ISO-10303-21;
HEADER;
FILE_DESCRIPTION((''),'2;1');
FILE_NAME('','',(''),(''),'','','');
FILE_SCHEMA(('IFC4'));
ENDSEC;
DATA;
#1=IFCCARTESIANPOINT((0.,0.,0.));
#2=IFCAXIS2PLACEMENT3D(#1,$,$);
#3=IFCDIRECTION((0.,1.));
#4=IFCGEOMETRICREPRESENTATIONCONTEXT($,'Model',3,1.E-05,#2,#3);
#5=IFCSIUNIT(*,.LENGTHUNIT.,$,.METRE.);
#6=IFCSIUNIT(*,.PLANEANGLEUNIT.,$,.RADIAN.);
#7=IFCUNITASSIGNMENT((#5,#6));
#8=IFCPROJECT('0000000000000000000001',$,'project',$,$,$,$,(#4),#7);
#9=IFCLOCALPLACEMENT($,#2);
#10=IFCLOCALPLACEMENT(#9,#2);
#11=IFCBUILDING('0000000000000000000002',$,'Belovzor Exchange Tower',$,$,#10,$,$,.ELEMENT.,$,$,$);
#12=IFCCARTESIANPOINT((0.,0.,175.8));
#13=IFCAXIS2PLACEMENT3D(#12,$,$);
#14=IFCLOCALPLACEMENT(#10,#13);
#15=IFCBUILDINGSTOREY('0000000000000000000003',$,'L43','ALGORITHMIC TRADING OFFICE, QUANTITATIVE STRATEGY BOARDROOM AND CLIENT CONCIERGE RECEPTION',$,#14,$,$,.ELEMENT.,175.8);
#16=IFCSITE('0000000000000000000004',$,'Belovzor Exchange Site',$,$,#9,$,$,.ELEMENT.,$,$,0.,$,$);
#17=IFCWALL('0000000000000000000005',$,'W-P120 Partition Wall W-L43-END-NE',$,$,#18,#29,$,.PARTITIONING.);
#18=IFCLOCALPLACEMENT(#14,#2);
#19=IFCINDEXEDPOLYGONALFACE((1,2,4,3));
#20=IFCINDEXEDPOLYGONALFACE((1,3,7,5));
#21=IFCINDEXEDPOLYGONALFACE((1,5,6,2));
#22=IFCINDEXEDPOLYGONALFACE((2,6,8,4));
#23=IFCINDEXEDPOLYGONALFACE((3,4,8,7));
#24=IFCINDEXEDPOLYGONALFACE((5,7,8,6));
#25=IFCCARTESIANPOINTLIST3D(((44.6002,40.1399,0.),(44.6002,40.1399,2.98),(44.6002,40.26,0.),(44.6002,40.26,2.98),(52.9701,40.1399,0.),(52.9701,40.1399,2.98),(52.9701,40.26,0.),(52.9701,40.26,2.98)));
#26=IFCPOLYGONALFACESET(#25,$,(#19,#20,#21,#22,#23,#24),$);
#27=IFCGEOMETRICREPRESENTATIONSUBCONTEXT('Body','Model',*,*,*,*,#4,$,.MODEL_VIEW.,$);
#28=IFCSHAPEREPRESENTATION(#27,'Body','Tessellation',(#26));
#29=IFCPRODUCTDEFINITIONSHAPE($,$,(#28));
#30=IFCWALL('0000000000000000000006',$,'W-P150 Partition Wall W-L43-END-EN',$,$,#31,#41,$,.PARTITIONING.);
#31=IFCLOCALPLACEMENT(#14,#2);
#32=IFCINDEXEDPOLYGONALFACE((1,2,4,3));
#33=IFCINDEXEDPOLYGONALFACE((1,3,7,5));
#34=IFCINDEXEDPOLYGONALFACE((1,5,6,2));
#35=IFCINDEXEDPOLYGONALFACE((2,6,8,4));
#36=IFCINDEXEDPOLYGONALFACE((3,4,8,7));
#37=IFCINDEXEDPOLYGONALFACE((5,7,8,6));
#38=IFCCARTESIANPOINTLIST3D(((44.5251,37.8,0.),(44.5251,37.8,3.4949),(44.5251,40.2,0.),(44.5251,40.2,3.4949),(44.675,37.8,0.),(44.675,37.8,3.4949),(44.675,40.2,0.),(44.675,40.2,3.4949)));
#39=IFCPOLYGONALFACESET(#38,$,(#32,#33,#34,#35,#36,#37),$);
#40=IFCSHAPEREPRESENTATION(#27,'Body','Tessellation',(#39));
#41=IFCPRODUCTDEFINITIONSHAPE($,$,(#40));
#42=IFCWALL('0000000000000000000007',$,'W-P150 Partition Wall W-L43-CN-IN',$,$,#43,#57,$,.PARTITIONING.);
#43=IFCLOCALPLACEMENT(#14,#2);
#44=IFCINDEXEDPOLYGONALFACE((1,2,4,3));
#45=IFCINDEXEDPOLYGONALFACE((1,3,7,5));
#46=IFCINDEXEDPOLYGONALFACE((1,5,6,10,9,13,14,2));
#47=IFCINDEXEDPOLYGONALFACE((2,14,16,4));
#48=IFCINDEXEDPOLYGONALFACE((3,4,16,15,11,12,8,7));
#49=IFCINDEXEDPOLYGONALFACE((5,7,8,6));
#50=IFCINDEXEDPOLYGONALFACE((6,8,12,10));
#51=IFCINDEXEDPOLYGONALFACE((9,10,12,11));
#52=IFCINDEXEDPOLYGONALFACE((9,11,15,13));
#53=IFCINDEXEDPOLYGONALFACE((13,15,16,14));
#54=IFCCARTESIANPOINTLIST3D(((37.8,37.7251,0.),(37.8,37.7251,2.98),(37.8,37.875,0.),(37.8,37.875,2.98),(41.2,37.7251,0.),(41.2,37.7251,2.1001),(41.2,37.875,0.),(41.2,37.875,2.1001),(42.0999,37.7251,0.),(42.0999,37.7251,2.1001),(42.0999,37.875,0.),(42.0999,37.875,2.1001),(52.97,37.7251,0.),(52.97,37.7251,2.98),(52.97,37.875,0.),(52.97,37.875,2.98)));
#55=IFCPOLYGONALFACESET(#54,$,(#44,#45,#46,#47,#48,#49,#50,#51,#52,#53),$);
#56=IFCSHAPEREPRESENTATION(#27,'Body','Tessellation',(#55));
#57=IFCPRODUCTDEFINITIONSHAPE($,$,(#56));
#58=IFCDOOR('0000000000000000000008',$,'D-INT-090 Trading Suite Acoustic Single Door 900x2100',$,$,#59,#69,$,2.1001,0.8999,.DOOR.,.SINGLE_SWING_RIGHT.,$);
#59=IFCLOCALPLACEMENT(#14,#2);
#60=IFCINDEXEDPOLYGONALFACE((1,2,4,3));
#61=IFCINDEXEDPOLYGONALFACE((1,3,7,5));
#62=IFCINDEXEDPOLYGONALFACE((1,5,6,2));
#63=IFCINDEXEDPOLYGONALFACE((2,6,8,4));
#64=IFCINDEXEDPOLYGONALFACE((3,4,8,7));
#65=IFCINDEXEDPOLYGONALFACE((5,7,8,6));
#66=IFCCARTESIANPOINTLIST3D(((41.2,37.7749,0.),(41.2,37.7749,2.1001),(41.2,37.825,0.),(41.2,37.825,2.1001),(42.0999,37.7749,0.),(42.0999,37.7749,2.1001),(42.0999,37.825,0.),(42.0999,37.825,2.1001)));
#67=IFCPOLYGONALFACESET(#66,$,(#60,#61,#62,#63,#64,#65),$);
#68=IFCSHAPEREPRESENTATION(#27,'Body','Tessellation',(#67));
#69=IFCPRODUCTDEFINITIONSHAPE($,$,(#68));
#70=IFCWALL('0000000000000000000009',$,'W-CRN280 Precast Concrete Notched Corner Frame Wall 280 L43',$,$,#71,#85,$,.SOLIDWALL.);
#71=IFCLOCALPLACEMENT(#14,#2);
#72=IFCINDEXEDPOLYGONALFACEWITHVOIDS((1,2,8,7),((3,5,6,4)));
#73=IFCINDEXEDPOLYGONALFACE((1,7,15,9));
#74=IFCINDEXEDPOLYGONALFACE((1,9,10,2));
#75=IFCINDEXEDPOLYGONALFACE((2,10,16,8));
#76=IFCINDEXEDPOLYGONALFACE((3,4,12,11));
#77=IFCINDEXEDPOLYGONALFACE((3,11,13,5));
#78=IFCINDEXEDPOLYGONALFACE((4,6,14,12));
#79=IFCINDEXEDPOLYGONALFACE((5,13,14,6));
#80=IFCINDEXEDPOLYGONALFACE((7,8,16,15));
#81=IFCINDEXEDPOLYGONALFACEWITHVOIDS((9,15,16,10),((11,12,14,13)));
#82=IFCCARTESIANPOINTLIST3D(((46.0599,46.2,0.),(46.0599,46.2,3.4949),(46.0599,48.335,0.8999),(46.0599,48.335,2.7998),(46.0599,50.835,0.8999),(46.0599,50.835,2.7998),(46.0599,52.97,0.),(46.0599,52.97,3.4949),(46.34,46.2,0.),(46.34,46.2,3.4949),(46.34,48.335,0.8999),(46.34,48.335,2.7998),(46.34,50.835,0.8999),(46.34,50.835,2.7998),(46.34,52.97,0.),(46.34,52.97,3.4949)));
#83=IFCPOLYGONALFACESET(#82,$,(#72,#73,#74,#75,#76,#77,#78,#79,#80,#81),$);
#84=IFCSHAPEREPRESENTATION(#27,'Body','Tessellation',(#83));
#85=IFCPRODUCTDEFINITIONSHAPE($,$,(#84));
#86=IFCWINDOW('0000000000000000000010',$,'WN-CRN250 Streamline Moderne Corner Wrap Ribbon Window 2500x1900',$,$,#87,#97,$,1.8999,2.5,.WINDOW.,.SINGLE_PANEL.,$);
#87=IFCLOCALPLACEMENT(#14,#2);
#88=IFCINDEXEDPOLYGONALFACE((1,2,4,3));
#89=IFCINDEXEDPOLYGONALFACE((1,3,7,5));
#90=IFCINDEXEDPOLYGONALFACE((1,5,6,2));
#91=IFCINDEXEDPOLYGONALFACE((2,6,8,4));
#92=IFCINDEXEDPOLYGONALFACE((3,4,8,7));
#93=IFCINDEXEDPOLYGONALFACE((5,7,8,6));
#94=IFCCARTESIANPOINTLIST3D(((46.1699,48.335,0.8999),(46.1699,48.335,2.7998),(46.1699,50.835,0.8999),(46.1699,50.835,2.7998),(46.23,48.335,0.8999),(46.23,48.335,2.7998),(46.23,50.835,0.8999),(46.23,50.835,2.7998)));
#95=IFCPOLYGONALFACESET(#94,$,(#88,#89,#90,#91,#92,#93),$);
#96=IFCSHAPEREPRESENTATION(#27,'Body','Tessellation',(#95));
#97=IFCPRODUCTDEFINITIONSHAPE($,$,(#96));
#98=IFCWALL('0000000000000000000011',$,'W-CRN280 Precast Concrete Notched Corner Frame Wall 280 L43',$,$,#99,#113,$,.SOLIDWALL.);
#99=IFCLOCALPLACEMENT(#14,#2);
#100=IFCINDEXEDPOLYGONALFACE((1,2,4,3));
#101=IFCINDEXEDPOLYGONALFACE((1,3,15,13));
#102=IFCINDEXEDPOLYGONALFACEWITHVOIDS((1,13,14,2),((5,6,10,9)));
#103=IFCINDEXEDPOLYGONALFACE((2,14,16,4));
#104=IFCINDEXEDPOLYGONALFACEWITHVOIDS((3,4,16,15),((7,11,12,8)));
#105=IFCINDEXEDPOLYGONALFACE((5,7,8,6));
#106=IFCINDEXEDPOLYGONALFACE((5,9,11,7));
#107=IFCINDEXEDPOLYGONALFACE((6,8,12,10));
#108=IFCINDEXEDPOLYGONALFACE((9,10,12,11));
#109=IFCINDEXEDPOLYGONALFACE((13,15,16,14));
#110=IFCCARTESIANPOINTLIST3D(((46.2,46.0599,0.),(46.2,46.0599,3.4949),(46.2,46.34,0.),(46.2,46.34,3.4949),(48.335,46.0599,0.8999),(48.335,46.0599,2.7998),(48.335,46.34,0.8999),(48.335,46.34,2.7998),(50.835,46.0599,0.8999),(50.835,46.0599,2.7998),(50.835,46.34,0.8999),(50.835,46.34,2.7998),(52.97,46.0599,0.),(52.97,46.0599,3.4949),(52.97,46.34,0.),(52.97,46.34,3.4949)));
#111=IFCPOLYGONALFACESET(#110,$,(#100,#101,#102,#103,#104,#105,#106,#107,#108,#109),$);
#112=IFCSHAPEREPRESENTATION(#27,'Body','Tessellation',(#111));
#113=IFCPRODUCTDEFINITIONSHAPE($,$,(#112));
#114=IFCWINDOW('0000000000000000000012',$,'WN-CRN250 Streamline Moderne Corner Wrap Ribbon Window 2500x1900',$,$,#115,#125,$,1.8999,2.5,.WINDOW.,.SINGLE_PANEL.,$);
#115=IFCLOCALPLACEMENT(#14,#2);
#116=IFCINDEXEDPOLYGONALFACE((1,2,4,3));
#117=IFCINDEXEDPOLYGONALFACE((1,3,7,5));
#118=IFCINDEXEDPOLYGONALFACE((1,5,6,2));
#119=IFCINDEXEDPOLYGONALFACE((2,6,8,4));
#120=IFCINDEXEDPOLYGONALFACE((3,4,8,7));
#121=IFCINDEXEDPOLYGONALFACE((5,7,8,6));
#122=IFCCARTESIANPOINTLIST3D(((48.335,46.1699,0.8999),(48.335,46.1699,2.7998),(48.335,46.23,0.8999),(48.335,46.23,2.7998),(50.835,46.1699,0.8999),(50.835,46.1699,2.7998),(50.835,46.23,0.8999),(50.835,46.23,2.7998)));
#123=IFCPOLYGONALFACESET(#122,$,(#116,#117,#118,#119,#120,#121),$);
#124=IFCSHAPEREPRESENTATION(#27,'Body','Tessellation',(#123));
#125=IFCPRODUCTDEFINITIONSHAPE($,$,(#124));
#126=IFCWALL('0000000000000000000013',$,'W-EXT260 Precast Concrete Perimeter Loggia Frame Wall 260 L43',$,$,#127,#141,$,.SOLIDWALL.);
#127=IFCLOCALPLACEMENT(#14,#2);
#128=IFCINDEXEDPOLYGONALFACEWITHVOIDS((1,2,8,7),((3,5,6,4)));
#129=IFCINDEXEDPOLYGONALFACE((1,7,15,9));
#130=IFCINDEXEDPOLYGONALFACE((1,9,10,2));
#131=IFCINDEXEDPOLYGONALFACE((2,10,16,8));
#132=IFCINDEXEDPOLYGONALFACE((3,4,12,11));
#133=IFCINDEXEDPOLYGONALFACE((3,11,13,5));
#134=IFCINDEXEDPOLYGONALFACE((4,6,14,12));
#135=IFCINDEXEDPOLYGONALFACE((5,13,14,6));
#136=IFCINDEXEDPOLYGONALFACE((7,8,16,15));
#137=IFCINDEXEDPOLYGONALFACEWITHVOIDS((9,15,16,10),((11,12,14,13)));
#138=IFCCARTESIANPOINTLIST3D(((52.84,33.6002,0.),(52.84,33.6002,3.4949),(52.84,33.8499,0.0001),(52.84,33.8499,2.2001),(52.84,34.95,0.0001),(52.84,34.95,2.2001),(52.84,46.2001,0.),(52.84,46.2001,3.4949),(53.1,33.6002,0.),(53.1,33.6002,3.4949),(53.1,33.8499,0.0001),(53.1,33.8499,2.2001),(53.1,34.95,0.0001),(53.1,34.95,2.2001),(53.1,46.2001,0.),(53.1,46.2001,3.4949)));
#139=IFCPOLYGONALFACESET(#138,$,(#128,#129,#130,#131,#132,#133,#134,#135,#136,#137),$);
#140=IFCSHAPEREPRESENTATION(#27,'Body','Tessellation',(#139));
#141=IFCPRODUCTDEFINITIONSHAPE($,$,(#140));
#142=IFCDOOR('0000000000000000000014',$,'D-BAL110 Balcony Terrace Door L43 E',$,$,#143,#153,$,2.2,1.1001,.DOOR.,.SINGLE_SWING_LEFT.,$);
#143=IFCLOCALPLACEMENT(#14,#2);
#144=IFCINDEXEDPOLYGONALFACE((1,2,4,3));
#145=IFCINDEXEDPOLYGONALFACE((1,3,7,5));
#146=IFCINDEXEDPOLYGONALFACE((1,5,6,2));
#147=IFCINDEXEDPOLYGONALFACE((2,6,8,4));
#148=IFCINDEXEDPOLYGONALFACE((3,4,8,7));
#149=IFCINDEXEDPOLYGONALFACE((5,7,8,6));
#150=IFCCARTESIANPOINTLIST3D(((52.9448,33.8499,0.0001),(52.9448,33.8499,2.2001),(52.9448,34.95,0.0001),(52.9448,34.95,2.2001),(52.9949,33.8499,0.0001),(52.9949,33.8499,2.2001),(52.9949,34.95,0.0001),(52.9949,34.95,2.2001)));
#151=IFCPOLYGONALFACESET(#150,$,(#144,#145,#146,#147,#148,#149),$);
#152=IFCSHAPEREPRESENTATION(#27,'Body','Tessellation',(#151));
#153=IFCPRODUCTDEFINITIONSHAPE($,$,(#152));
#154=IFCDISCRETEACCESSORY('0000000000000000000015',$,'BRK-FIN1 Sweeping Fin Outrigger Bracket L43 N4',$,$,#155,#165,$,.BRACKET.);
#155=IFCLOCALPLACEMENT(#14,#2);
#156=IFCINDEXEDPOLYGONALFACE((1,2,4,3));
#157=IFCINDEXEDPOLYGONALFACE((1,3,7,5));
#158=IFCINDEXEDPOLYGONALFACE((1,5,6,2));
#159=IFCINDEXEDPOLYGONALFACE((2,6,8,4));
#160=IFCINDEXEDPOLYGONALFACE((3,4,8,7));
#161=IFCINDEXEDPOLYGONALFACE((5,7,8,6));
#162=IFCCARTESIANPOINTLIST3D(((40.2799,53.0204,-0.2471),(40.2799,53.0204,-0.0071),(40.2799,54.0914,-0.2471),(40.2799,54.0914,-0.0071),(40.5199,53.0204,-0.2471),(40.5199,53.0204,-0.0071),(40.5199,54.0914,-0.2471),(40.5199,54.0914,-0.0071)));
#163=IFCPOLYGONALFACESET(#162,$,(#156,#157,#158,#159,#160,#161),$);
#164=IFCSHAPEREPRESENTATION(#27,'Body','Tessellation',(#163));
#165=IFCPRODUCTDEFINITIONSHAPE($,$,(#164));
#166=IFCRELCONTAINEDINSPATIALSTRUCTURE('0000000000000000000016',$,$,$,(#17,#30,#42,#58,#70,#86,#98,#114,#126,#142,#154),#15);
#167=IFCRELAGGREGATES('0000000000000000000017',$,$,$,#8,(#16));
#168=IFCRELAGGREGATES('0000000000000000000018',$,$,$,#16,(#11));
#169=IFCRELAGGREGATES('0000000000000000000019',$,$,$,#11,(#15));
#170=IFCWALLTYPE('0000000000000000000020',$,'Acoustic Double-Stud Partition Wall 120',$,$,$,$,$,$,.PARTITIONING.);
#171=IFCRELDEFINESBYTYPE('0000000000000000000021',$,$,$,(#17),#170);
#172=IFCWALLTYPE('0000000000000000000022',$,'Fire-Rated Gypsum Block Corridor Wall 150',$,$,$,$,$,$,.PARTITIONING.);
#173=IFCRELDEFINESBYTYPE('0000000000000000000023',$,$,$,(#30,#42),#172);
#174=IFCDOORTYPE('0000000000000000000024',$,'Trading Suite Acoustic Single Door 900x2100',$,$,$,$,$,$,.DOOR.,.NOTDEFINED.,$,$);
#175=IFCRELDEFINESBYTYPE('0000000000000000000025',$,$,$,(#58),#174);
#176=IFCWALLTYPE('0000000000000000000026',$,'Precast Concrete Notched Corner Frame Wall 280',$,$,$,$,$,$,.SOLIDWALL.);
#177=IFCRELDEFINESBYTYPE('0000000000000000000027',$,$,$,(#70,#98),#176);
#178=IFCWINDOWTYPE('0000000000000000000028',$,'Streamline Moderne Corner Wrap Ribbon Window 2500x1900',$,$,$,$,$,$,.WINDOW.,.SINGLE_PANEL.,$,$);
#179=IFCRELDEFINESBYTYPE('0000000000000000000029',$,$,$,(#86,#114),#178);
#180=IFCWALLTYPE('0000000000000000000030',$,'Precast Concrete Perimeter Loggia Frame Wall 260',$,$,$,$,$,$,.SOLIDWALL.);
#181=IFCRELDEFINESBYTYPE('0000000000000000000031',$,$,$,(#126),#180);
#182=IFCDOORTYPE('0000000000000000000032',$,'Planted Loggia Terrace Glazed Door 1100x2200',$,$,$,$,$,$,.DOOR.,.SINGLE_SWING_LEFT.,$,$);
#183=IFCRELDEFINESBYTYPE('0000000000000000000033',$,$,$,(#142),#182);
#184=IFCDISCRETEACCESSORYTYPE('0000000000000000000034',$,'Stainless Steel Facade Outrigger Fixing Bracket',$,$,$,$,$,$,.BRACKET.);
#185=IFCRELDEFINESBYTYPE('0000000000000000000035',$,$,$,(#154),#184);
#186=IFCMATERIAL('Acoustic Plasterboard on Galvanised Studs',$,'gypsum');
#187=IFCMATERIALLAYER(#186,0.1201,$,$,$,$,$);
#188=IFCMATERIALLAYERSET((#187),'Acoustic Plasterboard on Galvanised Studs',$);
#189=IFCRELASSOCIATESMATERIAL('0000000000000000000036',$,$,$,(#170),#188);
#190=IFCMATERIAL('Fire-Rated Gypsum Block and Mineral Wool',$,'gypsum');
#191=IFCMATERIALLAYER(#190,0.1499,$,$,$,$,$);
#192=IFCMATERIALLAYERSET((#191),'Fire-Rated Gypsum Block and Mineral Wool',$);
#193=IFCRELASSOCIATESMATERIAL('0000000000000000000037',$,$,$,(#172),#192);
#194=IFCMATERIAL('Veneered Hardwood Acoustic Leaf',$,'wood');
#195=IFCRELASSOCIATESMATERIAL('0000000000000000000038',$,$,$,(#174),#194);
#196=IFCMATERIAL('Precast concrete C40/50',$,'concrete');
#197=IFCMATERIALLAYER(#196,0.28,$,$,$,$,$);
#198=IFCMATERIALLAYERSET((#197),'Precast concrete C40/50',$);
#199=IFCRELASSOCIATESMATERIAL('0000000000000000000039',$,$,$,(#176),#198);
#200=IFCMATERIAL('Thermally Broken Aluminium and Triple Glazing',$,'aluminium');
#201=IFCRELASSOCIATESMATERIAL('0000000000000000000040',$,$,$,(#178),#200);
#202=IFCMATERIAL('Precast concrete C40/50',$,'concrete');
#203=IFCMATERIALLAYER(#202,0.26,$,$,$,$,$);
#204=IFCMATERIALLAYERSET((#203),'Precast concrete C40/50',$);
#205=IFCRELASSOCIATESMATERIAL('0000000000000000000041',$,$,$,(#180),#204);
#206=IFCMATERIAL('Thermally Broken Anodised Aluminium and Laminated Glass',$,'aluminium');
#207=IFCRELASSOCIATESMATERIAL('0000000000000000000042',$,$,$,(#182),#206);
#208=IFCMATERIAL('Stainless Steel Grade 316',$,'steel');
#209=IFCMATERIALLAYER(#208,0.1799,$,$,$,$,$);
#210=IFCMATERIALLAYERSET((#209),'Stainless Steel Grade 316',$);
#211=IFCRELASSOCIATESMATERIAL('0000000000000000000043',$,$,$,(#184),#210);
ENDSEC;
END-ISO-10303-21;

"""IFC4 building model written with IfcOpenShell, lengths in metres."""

from ifc_helpers import new_model, si_unit, direction, frame, frame_2d, origin, origin_2d, place, context, subcontext, project, spatial, rectangle, extrude, material, layer, layer_set, type_object, element, fill, save


model = new_model("IFC4")

# Units and contexts
model_context = context("Model", 3, precision=1e-05, world=origin(), true_north=direction((0.0, 1.0)))
body_context = subcontext(model_context, "Body", "Model", "MODEL_VIEW")
ifc_project = project(units=[si_unit("LENGTHUNIT", "METRE"), si_unit("PLANEANGLEUNIT", "RADIAN")], contexts=[model_context])

# Site, building, storey
site_placement = place(None, origin())
site = spatial("IfcSite", under=ifc_project, at=site_placement, Name="Belovzor Exchange Site", CompositionType="ELEMENT", RefElevation=0.0)
building_placement = place(site_placement, origin())
building = spatial("IfcBuilding", under=site, at=building_placement, Name="Belovzor Exchange Tower", CompositionType="ELEMENT")
storey_placement = place(building_placement, frame((0.0, 0.0, 175.8)))
storey = spatial("IfcBuildingStorey", under=building, at=storey_placement, Name="L43", Description="ALGORITHMIC TRADING OFFICE, QUANTITATIVE STRATEGY BOARDROOM AND CLIENT CONCIERGE RECEPTION", CompositionType="ELEMENT", Elevation=175.8)

# Walls
ifc_material_1 = material(Name="Acoustic Plasterboard on Galvanised Studs", Category="gypsum")
ifc_layer_1 = layer(ifc_material_1, 0.1201)
ifc_layer_set_1 = layer_set([ifc_layer_1], Name="Acoustic Plasterboard on Galvanised Studs")
wall_type_1 = type_object("IfcWallType", Name="Acoustic Double-Stud Partition Wall 120", PredefinedType="PARTITIONING", material=ifc_layer_set_1)
wall_1_placement = place(storey_placement, frame((44.6001, 40.2, 0.0), z_axis=(0.0, 0.0, 1.0), x_axis=(1.0, 0.0, 0.0)))
element("IfcWall", 1, at=wall_1_placement, inside=storey, type_object=wall_type_1, Name="W-P120 Partition Wall W-L43-END-NE", PredefinedType="PARTITIONING", context=body_context, shape_type="SweptSolid", body=[
    extrude(rectangle(XDim=8.3699, YDim=0.1201, at=frame_2d((4.1851, 0.0))), origin(), (0.0, 0.0, 1.0), 2.98),
])
ifc_material_2 = material(Name="Fire-Rated Gypsum Block and Mineral Wool", Category="gypsum")
ifc_layer_2 = layer(ifc_material_2, 0.1499)
ifc_layer_set_2 = layer_set([ifc_layer_2], Name="Fire-Rated Gypsum Block and Mineral Wool")
wall_type_2 = type_object("IfcWallType", Name="Fire-Rated Gypsum Block Corridor Wall 150", PredefinedType="PARTITIONING", material=ifc_layer_set_2)
wall_2_placement = place(storey_placement, frame((44.6001, 37.8, 0.0), z_axis=(0.0, 0.0, 1.0), x_axis=(0.0, 1.0, 0.0)))
element("IfcWall", 2, at=wall_2_placement, inside=storey, type_object=wall_type_2, Name="W-P150 Partition Wall W-L43-END-EN", PredefinedType="PARTITIONING", context=body_context, shape_type="SweptSolid", body=[
    extrude(rectangle(XDim=2.3999, YDim=0.1499, at=frame_2d((1.2, 0.0))), origin(), (0.0, 0.0, 1.0), 3.4949),
])

# Wall, opening, door
wall_3_placement = place(storey_placement, frame((37.8, 37.8, 0.0), z_axis=(0.0, 0.0, 1.0), x_axis=(1.0, 0.0, 0.0)))
wall_3 = element("IfcWall", 3, at=wall_3_placement, inside=storey, type_object=wall_type_2, Name="W-P150 Partition Wall W-L43-CN-IN", PredefinedType="PARTITIONING", context=body_context, shape_type="SweptSolid", body=[
    extrude(rectangle(XDim=15.1699, YDim=0.1499, at=frame_2d((7.585, 0.0))), origin(), (0.0, 0.0, 1.0), 2.98),
])
opening_1_placement = place(wall_3_placement, frame((3.3999, 0.0, 0.0)))
opening_1 = element("IfcOpeningElement", 4, at=opening_1_placement, cuts=wall_3, PredefinedType="OPENING", context=body_context, shape_type="SweptSolid", body=[
    extrude(rectangle(XDim=0.8999, YDim=2.1001, at=frame_2d((0.45, 1.05))), frame((0.0, 0.085, 0.0), z_axis=(0.0, -1.0, 0.0), x_axis=(1.0, 0.0, 0.0)), (0.0, 0.0, 1.0), 0.1699),
])
ifc_material_3 = material(Name="Veneered Hardwood Acoustic Leaf", Category="wood")
door_type_1 = type_object("IfcDoorType", Name="Trading Suite Acoustic Single Door 900x2100", OperationType="NOTDEFINED", PredefinedType="DOOR", material=ifc_material_3)
door_1_placement = place(opening_1_placement, origin())
door_1 = element("IfcDoor", 5, at=door_1_placement, inside=storey, type_object=door_type_1, Name="D-INT-090 Trading Suite Acoustic Single Door 900x2100", OperationType="SINGLE_SWING_RIGHT", OverallHeight=2.1001, OverallWidth=0.8999, PredefinedType="DOOR", context=body_context, shape_type="SweptSolid", body=[
    extrude(rectangle(XDim=0.8999, YDim=2.1001, at=frame_2d((0.45, 1.05))), frame((0.0, 0.0249, 0.0), z_axis=(0.0, -1.0, 0.0), x_axis=(1.0, 0.0, 0.0)), (0.0, 0.0, 1.0), 0.05),
])
fill(opening_1, door_1)

# Walls, openings, windows
ifc_material_4 = material(Name="Precast concrete C40/50", Category="concrete")
ifc_layer_3 = layer(ifc_material_4, 0.28)
ifc_layer_set_3 = layer_set([ifc_layer_3], Name="Precast concrete C40/50")
wall_type_3 = type_object("IfcWallType", Name="Precast Concrete Notched Corner Frame Wall 280", PredefinedType="SOLIDWALL", material=ifc_layer_set_3)
wall_4_placement = place(storey_placement, frame((46.2, 52.97, 0.0), z_axis=(0.0, 0.0, 1.0), x_axis=(0.0, -1.0, 0.0)))
wall_4 = element("IfcWall", 6, at=wall_4_placement, inside=storey, type_object=wall_type_3, Name="W-CRN280 Precast Concrete Notched Corner Frame Wall 280 L43", PredefinedType="SOLIDWALL", context=body_context, shape_type="SweptSolid", body=[
    extrude(rectangle(XDim=6.77, YDim=0.28, at=frame_2d((3.385, 0.0))), origin(), (0.0, 0.0, 1.0), 3.4949),
])
opening_2_placement = place(wall_4_placement, frame((2.135, 0.0, 0.8999)))
opening_2 = element("IfcOpeningElement", 7, at=opening_2_placement, cuts=wall_4, PredefinedType="OPENING", context=body_context, shape_type="SweptSolid", body=[
    extrude(rectangle(XDim=2.5, YDim=1.8999, at=frame_2d((1.25, 0.95))), frame((0.0, 0.1499, 0.0), z_axis=(0.0, -1.0, 0.0), x_axis=(1.0, 0.0, 0.0)), (0.0, 0.0, 1.0), 0.3),
])
ifc_material_5 = material(Name="Thermally Broken Aluminium and Triple Glazing", Category="aluminium")
window_type = type_object("IfcWindowType", Name="Streamline Moderne Corner Wrap Ribbon Window 2500x1900", PartitioningType="SINGLE_PANEL", PredefinedType="WINDOW", material=ifc_material_5)
window_1_placement = place(opening_2_placement, origin())
window_1 = element("IfcWindow", 8, at=window_1_placement, inside=storey, type_object=window_type, Name="WN-CRN250 Streamline Moderne Corner Wrap Ribbon Window 2500x1900", OverallHeight=1.8999, OverallWidth=2.5, PartitioningType="SINGLE_PANEL", PredefinedType="WINDOW", context=body_context, shape_type="SweptSolid", body=[
    extrude(rectangle(XDim=2.5, YDim=1.8999, at=frame_2d((1.25, 0.95))), frame((0.0, 0.03, 0.0), z_axis=(0.0, -1.0, 0.0), x_axis=(1.0, 0.0, 0.0)), (0.0, 0.0, 1.0), 0.0601),
])
fill(opening_2, window_1)
wall_5_placement = place(storey_placement, frame((46.2, 46.2, 0.0), z_axis=(0.0, 0.0, 1.0), x_axis=(1.0, 0.0, 0.0)))
wall_5 = element("IfcWall", 9, at=wall_5_placement, inside=storey, type_object=wall_type_3, Name="W-CRN280 Precast Concrete Notched Corner Frame Wall 280 L43", PredefinedType="SOLIDWALL", context=body_context, shape_type="SweptSolid", body=[
    extrude(rectangle(XDim=6.77, YDim=0.28, at=frame_2d((3.385, 0.0))), origin(), (0.0, 0.0, 1.0), 3.4949),
])
opening_3_placement = place(wall_5_placement, frame((2.135, 0.0, 0.8999)))
opening_3 = element("IfcOpeningElement", 10, at=opening_3_placement, cuts=wall_5, PredefinedType="OPENING", context=body_context, shape_type="SweptSolid", body=[
    extrude(rectangle(XDim=2.5, YDim=1.8999, at=frame_2d((1.25, 0.95))), frame((0.0, 0.1499, 0.0), z_axis=(0.0, -1.0, 0.0), x_axis=(1.0, 0.0, 0.0)), (0.0, 0.0, 1.0), 0.3),
])
window_2_placement = place(opening_3_placement, origin())
window_2 = element("IfcWindow", 11, at=window_2_placement, inside=storey, type_object=window_type, Name="WN-CRN250 Streamline Moderne Corner Wrap Ribbon Window 2500x1900", OverallHeight=1.8999, OverallWidth=2.5, PartitioningType="SINGLE_PANEL", PredefinedType="WINDOW", context=body_context, shape_type="SweptSolid", body=[
    extrude(rectangle(XDim=2.5, YDim=1.8999, at=frame_2d((1.25, 0.95))), frame((0.0, 0.03, 0.0), z_axis=(0.0, -1.0, 0.0), x_axis=(1.0, 0.0, 0.0)), (0.0, 0.0, 1.0), 0.0601),
])
fill(opening_3, window_2)

# Wall, opening, door
ifc_material_6 = material(Name="Precast concrete C40/50", Category="concrete")
ifc_layer_4 = layer(ifc_material_6, 0.26)
ifc_layer_set_4 = layer_set([ifc_layer_4], Name="Precast concrete C40/50")
wall_type_4 = type_object("IfcWallType", Name="Precast Concrete Perimeter Loggia Frame Wall 260", PredefinedType="SOLIDWALL", material=ifc_layer_set_4)
wall_6_placement = place(storey_placement, frame((52.97, 46.2, 0.0), z_axis=(0.0, 0.0, 1.0), x_axis=(0.0, -1.0, 0.0)))
wall_6 = element("IfcWall", 12, at=wall_6_placement, inside=storey, type_object=wall_type_4, Name="W-EXT260 Precast Concrete Perimeter Loggia Frame Wall 260 L43", PredefinedType="SOLIDWALL", context=body_context, shape_type="SweptSolid", body=[
    extrude(rectangle(XDim=12.5999, YDim=0.26, at=frame_2d((6.2998, 0.0))), origin(), (0.0, 0.0, 1.0), 3.4949),
])
opening_4_placement = place(wall_6_placement, frame((11.25, 0.0, 0.0)))
opening_4 = element("IfcOpeningElement", 13, at=opening_4_placement, cuts=wall_6, PredefinedType="OPENING", context=body_context, shape_type="SweptSolid", body=[
    extrude(rectangle(XDim=1.1001, YDim=2.2, at=frame_2d((0.55, 1.1001))), frame((0.0, 0.1399, 0.0), z_axis=(0.0, -1.0, 0.0), x_axis=(1.0, 0.0, 0.0)), (0.0, 0.0, 1.0), 0.28),
])
ifc_material_7 = material(Name="Thermally Broken Anodised Aluminium and Laminated Glass", Category="aluminium")
door_type_2 = type_object("IfcDoorType", Name="Planted Loggia Terrace Glazed Door 1100x2200", OperationType="SINGLE_SWING_LEFT", PredefinedType="DOOR", material=ifc_material_7)
door_2_placement = place(opening_4_placement, origin())
door_2 = element("IfcDoor", 14, at=door_2_placement, inside=storey, type_object=door_type_2, Name="D-BAL110 Balcony Terrace Door L43 E", OperationType="SINGLE_SWING_LEFT", OverallHeight=2.2, OverallWidth=1.1001, PredefinedType="DOOR", context=body_context, shape_type="SweptSolid", body=[
    extrude(rectangle(XDim=1.1001, YDim=2.2, at=frame_2d((0.55, 1.1001))), frame((0.0, 0.0249, 0.0), z_axis=(0.0, -1.0, 0.0), x_axis=(1.0, 0.0, 0.0)), (0.0, 0.0, 1.0), 0.05),
])
fill(opening_4, door_2)

# Discrete accessory
ifc_material_8 = material(Name="Stainless Steel Grade 316", Category="steel")
ifc_layer_5 = layer(ifc_material_8, 0.1799)
ifc_layer_set_5 = layer_set([ifc_layer_5], Name="Stainless Steel Grade 316")
discrete_accessory_type = type_object("IfcDiscreteAccessoryType", Name="Stainless Steel Facade Outrigger Fixing Bracket", PredefinedType="BRACKET", material=ifc_layer_set_5)
for number, where, z_axis, x_axis, name in (
    (15, (40.3999, 53.5559, -0.2471), (0.0, 0.0, 1.0), (0.0, 1.0, 0.0), "BRK-FIN1 Sweeping Fin Outrigger Bracket L43 N4"),
):
    element("IfcDiscreteAccessory", number, at=place(storey_placement, frame(where, z_axis=z_axis, x_axis=x_axis)), inside=storey, type_object=discrete_accessory_type, Name=name, PredefinedType="BRACKET", context=body_context, shape_type="SweptSolid", body=[
        extrude(rectangle(XDim=1.071, YDim=0.24, at=origin_2d()), origin(), (0.0, 0.0, 1.0), 0.24),
    ])

save(model, "model.ifc")
